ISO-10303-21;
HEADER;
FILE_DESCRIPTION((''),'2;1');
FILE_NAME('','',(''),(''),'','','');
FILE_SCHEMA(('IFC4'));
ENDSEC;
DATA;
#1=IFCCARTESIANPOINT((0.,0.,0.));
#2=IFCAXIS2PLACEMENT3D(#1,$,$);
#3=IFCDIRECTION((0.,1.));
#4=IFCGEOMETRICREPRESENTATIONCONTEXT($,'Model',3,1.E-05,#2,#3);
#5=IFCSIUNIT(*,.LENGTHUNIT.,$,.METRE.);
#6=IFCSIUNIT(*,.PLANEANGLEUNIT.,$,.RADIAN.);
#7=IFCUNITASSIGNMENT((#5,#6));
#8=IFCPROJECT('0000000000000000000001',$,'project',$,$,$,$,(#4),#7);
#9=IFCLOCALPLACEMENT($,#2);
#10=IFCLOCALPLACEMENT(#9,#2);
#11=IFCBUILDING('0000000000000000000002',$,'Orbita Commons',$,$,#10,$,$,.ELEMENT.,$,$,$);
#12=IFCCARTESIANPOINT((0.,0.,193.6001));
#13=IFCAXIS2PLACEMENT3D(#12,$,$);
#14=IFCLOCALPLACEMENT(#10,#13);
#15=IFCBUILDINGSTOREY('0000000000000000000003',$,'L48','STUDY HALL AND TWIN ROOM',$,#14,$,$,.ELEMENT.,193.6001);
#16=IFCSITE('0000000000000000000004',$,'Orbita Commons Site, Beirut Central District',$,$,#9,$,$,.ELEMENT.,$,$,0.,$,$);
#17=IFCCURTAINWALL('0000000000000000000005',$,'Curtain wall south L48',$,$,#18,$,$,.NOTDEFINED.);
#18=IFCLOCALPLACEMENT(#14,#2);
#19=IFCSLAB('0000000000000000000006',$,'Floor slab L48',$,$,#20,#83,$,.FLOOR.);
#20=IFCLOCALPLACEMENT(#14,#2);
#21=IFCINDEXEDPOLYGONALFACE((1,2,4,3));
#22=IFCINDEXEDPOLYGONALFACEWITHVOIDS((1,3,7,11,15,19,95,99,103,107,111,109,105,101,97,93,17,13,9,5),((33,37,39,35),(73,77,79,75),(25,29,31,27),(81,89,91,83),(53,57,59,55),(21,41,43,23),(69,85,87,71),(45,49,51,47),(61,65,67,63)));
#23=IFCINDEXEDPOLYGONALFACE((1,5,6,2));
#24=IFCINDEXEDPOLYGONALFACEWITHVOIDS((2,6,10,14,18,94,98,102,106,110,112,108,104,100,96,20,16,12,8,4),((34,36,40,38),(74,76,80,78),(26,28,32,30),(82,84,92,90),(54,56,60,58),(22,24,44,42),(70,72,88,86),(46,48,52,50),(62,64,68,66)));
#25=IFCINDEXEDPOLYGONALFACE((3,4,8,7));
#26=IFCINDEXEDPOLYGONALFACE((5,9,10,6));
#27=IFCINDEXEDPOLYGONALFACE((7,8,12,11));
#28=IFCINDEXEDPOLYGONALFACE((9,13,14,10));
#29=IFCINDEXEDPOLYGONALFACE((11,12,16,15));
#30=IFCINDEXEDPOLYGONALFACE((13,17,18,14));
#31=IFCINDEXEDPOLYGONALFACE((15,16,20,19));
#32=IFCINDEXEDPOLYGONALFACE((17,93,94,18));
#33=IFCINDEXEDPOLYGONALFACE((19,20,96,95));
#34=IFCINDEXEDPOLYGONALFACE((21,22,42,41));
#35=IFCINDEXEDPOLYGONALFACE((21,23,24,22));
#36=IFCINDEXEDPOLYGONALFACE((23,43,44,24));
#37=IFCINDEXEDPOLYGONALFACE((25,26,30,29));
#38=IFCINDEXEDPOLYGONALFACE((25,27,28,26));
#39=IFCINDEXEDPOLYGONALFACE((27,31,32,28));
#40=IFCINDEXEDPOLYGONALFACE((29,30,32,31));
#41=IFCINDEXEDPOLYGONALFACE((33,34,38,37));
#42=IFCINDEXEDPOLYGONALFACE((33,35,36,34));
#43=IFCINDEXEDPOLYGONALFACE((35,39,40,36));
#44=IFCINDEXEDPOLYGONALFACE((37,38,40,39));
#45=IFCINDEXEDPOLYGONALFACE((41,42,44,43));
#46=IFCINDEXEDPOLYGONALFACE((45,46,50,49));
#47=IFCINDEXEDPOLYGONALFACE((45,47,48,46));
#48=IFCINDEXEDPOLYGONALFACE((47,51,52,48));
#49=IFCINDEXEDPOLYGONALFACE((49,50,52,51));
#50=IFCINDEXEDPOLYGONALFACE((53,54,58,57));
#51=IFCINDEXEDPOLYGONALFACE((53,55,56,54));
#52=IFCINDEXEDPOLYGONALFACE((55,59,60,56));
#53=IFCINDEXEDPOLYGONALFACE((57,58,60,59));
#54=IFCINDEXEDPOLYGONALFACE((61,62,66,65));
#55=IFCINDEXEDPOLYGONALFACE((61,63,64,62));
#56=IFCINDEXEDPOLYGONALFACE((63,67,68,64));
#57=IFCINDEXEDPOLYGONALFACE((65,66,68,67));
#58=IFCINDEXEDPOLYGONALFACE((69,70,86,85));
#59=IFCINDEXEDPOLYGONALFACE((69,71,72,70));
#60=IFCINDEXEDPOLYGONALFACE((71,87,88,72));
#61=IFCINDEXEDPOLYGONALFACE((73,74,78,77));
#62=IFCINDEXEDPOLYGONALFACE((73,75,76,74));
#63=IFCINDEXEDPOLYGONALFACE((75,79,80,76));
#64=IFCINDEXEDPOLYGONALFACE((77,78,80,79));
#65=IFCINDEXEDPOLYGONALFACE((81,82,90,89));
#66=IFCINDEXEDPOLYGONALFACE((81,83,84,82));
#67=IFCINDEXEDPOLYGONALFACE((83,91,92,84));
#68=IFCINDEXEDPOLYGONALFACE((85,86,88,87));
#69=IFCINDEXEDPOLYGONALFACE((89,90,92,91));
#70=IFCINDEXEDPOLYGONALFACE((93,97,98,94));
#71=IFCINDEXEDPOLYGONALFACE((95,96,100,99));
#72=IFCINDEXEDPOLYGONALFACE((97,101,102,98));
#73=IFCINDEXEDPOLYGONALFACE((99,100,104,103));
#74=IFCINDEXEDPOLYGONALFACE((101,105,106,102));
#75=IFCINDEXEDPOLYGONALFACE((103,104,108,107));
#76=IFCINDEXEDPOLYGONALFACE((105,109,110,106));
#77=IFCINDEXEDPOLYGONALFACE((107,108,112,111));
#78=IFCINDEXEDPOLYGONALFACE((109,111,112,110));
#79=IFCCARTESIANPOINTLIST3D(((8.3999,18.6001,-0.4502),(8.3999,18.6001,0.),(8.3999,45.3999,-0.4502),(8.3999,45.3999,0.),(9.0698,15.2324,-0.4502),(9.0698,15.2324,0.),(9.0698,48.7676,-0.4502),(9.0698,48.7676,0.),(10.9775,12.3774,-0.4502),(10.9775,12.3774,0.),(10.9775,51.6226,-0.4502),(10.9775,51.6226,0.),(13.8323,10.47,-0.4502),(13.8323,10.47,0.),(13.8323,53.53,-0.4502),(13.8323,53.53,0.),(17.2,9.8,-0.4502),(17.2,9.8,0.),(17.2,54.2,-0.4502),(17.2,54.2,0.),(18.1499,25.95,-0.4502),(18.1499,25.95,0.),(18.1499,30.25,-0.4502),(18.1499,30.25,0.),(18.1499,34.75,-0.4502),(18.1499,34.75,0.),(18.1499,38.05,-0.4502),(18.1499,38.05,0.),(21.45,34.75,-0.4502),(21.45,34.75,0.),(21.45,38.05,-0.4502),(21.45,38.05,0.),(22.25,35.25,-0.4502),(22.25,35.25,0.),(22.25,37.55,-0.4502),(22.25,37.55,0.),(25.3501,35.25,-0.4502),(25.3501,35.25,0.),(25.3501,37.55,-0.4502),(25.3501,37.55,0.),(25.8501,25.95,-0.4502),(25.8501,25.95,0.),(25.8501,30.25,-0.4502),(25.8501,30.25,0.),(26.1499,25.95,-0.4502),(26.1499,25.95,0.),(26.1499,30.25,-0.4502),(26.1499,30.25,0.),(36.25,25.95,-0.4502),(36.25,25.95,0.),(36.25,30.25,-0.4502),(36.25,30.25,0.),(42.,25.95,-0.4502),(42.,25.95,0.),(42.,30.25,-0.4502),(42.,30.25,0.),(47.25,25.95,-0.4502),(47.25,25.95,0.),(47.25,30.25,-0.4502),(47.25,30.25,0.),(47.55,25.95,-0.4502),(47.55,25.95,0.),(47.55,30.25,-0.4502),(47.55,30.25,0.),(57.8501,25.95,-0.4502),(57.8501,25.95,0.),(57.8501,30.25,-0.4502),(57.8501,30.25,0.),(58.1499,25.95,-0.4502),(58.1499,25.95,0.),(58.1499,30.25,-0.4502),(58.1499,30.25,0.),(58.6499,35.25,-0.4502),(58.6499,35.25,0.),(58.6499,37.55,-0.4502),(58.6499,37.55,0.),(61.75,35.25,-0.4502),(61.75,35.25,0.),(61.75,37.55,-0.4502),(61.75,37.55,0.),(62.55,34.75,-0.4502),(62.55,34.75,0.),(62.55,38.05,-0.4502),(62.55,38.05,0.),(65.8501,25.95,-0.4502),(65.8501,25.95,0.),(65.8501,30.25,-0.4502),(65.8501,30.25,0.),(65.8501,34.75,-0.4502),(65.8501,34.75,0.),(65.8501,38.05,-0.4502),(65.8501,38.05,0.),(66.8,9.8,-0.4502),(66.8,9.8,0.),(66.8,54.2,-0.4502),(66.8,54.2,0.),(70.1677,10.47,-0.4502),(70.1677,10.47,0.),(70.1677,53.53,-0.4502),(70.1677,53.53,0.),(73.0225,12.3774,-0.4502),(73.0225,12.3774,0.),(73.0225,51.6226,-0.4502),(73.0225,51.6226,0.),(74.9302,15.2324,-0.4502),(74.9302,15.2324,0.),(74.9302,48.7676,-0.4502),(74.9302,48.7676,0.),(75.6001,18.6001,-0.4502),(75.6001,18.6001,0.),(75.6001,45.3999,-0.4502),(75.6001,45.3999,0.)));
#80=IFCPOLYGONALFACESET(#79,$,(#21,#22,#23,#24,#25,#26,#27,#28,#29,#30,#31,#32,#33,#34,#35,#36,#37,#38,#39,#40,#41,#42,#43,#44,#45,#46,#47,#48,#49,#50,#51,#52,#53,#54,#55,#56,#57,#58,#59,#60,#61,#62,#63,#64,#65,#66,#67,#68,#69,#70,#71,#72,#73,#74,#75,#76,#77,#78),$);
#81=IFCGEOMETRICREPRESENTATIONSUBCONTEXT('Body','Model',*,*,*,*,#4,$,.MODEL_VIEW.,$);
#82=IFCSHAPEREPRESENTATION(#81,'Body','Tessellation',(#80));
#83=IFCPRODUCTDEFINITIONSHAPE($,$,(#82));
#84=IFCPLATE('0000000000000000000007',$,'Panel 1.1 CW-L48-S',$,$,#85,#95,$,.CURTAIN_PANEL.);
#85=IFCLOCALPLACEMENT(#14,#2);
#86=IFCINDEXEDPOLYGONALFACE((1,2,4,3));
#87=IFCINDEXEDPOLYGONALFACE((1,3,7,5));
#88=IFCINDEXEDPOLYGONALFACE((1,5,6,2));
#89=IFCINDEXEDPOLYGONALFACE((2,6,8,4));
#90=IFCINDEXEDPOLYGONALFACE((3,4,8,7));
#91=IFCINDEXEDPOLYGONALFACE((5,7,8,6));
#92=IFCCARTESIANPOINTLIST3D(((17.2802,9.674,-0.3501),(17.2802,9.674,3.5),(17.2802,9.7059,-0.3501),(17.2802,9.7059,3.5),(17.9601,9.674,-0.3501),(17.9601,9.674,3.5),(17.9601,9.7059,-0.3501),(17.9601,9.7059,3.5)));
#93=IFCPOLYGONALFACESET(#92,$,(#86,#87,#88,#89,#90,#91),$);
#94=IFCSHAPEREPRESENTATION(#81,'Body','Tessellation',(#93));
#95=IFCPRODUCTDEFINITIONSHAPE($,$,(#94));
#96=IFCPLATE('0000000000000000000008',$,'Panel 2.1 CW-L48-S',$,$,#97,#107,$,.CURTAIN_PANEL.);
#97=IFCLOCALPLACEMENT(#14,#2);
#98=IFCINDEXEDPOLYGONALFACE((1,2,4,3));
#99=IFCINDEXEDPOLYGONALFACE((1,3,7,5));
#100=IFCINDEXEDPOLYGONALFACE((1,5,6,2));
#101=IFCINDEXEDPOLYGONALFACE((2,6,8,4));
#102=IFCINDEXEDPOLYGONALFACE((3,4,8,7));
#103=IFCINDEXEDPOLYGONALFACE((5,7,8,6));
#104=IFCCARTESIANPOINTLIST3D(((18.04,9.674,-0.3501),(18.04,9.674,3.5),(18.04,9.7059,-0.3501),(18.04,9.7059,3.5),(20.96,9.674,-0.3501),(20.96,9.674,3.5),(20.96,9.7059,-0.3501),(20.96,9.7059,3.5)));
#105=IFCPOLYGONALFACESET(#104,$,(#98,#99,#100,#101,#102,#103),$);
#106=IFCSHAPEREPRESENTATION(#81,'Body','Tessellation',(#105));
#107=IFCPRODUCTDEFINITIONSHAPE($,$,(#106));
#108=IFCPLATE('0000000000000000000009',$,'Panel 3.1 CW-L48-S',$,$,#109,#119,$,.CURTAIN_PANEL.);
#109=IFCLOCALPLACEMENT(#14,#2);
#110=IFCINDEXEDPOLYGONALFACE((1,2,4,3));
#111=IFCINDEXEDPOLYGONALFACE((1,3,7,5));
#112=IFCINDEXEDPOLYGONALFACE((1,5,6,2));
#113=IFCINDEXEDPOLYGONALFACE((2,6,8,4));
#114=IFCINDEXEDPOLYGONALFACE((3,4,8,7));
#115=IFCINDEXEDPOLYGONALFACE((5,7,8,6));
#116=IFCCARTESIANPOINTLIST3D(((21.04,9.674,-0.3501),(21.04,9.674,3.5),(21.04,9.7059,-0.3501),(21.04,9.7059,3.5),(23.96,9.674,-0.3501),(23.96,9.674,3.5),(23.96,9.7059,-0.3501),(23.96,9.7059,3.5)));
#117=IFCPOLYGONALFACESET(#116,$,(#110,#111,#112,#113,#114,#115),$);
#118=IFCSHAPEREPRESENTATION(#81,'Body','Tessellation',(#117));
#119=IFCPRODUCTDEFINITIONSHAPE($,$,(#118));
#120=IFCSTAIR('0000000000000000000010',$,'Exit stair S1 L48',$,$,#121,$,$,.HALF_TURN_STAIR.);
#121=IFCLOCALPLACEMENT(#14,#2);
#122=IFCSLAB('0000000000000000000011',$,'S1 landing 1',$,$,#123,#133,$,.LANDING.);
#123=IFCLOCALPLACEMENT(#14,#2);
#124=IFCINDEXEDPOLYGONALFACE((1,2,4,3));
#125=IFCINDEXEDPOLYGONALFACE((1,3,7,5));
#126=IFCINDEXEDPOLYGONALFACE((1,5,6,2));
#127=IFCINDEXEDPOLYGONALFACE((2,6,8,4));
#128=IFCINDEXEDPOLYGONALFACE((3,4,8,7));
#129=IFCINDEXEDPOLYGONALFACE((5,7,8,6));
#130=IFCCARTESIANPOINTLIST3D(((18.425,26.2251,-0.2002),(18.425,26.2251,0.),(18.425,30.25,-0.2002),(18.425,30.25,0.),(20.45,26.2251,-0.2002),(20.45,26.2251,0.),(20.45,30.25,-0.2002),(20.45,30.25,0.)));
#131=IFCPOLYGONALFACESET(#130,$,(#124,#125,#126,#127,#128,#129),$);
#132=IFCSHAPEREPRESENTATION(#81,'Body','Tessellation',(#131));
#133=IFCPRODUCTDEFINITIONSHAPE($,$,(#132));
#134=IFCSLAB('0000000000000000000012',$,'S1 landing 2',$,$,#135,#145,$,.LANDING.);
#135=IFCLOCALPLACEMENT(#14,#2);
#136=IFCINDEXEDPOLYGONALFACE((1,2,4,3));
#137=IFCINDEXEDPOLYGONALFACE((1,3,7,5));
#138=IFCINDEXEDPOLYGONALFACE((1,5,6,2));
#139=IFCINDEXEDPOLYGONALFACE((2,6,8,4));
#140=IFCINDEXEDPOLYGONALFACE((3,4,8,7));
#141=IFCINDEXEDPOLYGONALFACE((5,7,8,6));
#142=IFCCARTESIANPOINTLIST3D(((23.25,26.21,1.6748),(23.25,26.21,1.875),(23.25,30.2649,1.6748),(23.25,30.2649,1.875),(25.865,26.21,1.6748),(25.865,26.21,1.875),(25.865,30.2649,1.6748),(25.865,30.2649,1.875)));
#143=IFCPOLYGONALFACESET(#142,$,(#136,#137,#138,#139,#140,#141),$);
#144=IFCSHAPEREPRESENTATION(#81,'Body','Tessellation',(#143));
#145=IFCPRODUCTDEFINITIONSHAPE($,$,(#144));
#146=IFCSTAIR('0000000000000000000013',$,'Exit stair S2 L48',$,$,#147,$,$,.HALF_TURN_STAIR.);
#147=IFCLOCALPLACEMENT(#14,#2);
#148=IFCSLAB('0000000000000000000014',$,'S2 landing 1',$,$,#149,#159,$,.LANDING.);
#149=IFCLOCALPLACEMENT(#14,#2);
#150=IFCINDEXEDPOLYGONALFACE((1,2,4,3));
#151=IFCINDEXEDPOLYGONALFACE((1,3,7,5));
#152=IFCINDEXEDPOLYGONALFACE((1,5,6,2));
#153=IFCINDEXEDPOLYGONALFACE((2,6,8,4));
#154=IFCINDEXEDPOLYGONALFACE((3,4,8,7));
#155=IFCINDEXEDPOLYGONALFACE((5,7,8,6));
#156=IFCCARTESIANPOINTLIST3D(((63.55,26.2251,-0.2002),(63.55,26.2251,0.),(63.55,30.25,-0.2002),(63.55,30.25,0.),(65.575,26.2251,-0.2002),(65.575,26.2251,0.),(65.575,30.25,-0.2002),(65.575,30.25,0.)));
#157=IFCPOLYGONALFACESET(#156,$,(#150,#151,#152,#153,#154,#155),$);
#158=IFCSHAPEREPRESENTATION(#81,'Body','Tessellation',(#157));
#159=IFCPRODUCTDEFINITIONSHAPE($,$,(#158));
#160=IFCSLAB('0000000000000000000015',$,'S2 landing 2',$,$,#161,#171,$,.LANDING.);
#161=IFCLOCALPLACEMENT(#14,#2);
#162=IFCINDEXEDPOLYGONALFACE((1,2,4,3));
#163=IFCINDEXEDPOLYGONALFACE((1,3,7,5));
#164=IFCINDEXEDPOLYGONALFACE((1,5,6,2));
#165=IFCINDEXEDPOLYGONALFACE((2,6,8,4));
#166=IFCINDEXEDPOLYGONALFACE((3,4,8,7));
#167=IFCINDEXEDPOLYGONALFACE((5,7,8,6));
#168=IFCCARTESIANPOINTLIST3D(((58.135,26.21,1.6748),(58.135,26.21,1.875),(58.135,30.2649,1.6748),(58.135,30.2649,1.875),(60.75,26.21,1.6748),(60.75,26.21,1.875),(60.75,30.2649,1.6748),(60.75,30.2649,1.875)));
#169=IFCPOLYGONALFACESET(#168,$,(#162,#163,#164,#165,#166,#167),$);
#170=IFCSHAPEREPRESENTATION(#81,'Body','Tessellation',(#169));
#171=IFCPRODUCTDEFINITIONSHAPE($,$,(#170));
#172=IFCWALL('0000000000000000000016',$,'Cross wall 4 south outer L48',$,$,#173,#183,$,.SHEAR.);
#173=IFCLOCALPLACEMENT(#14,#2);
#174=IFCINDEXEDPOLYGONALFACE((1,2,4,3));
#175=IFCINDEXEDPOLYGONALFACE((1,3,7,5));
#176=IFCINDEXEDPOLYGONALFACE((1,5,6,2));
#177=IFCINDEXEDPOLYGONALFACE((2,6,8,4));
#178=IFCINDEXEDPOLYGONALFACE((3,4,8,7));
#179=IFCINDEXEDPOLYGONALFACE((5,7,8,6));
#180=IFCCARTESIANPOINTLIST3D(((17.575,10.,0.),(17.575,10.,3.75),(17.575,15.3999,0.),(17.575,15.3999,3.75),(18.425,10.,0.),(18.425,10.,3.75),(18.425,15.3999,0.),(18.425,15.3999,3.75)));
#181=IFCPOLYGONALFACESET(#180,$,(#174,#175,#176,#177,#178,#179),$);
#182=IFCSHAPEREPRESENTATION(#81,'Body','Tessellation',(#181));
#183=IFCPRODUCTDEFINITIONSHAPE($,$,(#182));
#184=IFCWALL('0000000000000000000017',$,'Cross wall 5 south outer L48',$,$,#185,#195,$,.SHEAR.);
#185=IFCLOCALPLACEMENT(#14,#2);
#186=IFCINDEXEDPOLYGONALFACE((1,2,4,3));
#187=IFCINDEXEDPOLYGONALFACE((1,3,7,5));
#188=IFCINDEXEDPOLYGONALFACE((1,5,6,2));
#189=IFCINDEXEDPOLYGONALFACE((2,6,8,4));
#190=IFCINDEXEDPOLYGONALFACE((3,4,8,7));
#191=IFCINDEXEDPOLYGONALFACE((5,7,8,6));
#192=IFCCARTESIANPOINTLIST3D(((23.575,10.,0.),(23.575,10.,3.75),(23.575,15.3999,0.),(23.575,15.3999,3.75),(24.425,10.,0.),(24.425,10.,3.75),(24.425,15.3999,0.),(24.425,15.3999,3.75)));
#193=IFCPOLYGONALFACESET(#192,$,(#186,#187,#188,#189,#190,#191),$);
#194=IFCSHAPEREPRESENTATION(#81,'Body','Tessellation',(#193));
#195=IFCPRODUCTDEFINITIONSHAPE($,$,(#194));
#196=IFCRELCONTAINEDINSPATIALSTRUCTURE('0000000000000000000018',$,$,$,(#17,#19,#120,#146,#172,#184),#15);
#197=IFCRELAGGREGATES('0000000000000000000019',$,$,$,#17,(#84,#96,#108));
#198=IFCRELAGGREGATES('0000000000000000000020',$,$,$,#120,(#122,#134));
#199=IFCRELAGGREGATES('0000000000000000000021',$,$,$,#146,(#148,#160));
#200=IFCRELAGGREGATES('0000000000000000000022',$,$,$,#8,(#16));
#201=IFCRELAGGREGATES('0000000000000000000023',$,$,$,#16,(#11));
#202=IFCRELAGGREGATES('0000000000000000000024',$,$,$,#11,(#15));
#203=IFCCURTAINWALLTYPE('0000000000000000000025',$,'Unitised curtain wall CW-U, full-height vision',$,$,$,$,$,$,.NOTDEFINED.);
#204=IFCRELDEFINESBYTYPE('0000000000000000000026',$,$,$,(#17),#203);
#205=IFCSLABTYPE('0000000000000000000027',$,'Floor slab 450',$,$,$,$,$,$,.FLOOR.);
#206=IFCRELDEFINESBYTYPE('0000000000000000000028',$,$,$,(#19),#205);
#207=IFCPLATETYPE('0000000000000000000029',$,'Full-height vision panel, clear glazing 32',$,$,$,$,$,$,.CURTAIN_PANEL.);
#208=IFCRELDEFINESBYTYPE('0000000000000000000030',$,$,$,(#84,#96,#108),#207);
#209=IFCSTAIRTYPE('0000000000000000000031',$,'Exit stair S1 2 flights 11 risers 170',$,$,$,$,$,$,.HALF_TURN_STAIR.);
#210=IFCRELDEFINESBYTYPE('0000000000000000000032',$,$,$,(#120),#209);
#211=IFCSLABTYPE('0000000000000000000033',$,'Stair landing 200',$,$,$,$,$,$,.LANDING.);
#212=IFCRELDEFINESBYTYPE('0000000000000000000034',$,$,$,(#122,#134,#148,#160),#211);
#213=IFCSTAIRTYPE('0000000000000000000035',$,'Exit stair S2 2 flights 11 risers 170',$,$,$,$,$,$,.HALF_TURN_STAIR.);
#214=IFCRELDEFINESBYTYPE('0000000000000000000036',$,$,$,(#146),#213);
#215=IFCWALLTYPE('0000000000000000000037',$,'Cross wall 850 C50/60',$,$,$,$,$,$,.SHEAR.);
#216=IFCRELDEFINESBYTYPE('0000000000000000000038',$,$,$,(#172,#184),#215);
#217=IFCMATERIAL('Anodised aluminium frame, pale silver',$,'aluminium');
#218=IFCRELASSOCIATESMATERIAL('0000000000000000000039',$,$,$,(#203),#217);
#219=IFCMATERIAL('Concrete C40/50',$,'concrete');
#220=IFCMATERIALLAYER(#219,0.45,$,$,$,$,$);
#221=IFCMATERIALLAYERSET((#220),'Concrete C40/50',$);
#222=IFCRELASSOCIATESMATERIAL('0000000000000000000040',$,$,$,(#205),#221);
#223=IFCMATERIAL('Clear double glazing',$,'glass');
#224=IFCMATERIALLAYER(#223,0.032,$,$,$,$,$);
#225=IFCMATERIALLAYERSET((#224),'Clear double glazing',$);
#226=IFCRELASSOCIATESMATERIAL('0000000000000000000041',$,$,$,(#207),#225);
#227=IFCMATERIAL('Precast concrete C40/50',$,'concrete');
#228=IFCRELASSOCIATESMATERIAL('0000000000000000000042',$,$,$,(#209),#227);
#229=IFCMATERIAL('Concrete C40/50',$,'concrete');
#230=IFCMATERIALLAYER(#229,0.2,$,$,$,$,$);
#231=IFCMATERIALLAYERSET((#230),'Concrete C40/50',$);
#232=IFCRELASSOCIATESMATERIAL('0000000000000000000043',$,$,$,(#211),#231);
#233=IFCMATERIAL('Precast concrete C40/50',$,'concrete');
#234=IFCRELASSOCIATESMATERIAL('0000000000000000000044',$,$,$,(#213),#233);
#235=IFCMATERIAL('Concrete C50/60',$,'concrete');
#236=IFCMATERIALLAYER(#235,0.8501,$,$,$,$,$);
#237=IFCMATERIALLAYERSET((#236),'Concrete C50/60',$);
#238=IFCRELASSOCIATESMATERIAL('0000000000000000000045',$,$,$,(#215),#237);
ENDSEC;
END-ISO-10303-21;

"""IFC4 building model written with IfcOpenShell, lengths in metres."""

from ifc_helpers import new_model, si_unit, direction, frame, frame_2d, origin, origin_2d, place, context, subcontext, project, spatial, polyline, rectangle, outline, extrude, material, layer, layer_set, type_object, element, aggregate, save


model = new_model("IFC4")

# Units and contexts
model_context = context("Model", 3, precision=1e-05, world=origin(), true_north=direction((0.0, 1.0)))
body_context = subcontext(model_context, "Body", "Model", "MODEL_VIEW")
ifc_project = project(units=[si_unit("LENGTHUNIT", "METRE"), si_unit("PLANEANGLEUNIT", "RADIAN")], contexts=[model_context])

# Site, building, storey
site_placement = place(None, origin())
site = spatial("IfcSite", under=ifc_project, at=site_placement, Name="Orbita Commons Site, Beirut Central District", CompositionType="ELEMENT", RefElevation=0.0)
building_placement = place(site_placement, origin())
building = spatial("IfcBuilding", under=site, at=building_placement, Name="Orbita Commons", CompositionType="ELEMENT")
storey_placement = place(building_placement, frame((0.0, 0.0, 193.6001)))
storey = spatial("IfcBuildingStorey", under=building, at=storey_placement, Name="L48", Description="STUDY HALL AND TWIN ROOM", CompositionType="ELEMENT", Elevation=193.6001)

# Curtain wall
ifc_material_1 = material(Name="Anodised aluminium frame, pale silver", Category="aluminium")
curtain_wall_type = type_object("IfcCurtainWallType", Name="Unitised curtain wall CW-U, full-height vision", PredefinedType="NOTDEFINED", material=ifc_material_1)
curtain_wall_placement = place(storey_placement, origin())
curtain_wall = element("IfcCurtainWall", 1, at=curtain_wall_placement, inside=storey, type_object=curtain_wall_type, Name="Curtain wall south L48", PredefinedType="NOTDEFINED")

# Slab
ifc_material_2 = material(Name="Concrete C40/50", Category="concrete")
ifc_layer_1 = layer(ifc_material_2, 0.45)
ifc_layer_set_1 = layer_set([ifc_layer_1], Name="Concrete C40/50")
slab_type_1 = type_object("IfcSlabType", Name="Floor slab 450", PredefinedType="FLOOR", material=ifc_layer_set_1)
slab_1_placement = place(storey_placement, frame((0.0, 0.0, -0.4502)))
element("IfcSlab", 2, at=slab_1_placement, inside=storey, type_object=slab_type_1, Name="Floor slab L48", PredefinedType="FLOOR", context=body_context, shape_type="SweptSolid", body=[
    extrude(outline(polyline([(66.8, 9.8), (70.1677, 10.47), (73.0225, 12.3774), (74.9302, 15.2324), (75.6001, 18.6001), (75.6001, 45.3999), (74.9302, 48.7676), (73.0225, 51.6226), (70.1677, 53.53), (66.8, 54.2), (17.2, 54.2), (13.8323, 53.53), (10.9775, 51.6226), (9.0698, 48.7676), (8.3999, 45.3999), (8.3999, 18.6001), (9.0698, 15.2324), (10.9775, 12.3774), (13.8323, 10.47), (17.2, 9.8), (66.8, 9.8)]), holes=[polyline([(18.1499, 25.95), (25.8501, 25.95), (25.8501, 30.25), (18.1499, 30.25), (18.1499, 25.95)]), polyline([(58.1499, 25.95), (65.8501, 25.95), (65.8501, 30.25), (58.1499, 30.25), (58.1499, 25.95)]), polyline([(18.1499, 34.75), (21.45, 34.75), (21.45, 38.05), (18.1499, 38.05), (18.1499, 34.75)]), polyline([(62.55, 34.75), (65.8501, 34.75), (65.8501, 38.05), (62.55, 38.05), (62.55, 34.75)]), polyline([(22.25, 35.25), (25.3501, 35.25), (25.3501, 37.55), (22.25, 37.55), (22.25, 35.25)]), polyline([(58.6499, 35.25), (61.75, 35.25), (61.75, 37.55), (58.6499, 37.55), (58.6499, 35.25)]), polyline([(26.1499, 25.95), (36.25, 25.95), (36.25, 30.25), (26.1499, 30.25), (26.1499, 25.95)]), polyline([(42.0, 25.95), (47.25, 25.95), (47.25, 30.25), (42.0, 30.25), (42.0, 25.95)]), polyline([(47.55, 25.95), (57.8501, 25.95), (57.8501, 30.25), (47.55, 30.25), (47.55, 25.95)])]), origin(), (0.0, 0.0, 1.0), 0.4502),
])

# Plates
ifc_material_3 = material(Name="Clear double glazing", Category="glass")
ifc_layer_2 = layer(ifc_material_3, 0.032)
ifc_layer_set_2 = layer_set([ifc_layer_2], Name="Clear double glazing")
plate_type = type_object("IfcPlateType", Name="Full-height vision panel, clear glazing 32", PredefinedType="CURTAIN_PANEL", material=ifc_layer_set_2)
plate_1_placement = place(storey_placement, frame((17.6201, 9.6899, -0.3501), z_axis=(0.0, 0.0, 1.0), x_axis=(1.0, 0.0, 0.0)))
plate_1 = element("IfcPlate", 3, at=plate_1_placement, type_object=plate_type, Name="Panel 1.1 CW-L48-S", PredefinedType="CURTAIN_PANEL", context=body_context, shape_type="SweptSolid", body=[
    extrude(rectangle(XDim=0.6799, YDim=0.032, at=origin_2d()), origin(), (0.0, 0.0, 1.0), 3.8501),
])
plate_2_placement = place(storey_placement, frame((19.5, 9.6899, -0.3501), z_axis=(0.0, 0.0, 1.0), x_axis=(1.0, 0.0, 0.0)))
plate_2 = element("IfcPlate", 4, at=plate_2_placement, type_object=plate_type, Name="Panel 2.1 CW-L48-S", PredefinedType="CURTAIN_PANEL", context=body_context, shape_type="SweptSolid", body=[
    extrude(rectangle(XDim=2.9199, YDim=0.032, at=origin_2d()), origin(), (0.0, 0.0, 1.0), 3.8501),
])
plate_3_placement = place(storey_placement, frame((22.5, 9.6899, -0.3501), z_axis=(0.0, 0.0, 1.0), x_axis=(1.0, 0.0, 0.0)))
plate_3 = element("IfcPlate", 5, at=plate_3_placement, type_object=plate_type, Name="Panel 3.1 CW-L48-S", PredefinedType="CURTAIN_PANEL", context=body_context, shape_type="SweptSolid", body=[
    extrude(rectangle(XDim=2.9199, YDim=0.032, at=origin_2d()), origin(), (0.0, 0.0, 1.0), 3.8501),
])
aggregate(curtain_wall, [plate_1, plate_2, plate_3])

# Stairs, slabs
ifc_material_4 = material(Name="Precast concrete C40/50", Category="concrete")
stair_type_1 = type_object("IfcStairType", Name="Exit stair S1 2 flights 11 risers 170", PredefinedType="HALF_TURN_STAIR", material=ifc_material_4)
stair_1_placement = place(storey_placement, origin())
stair_1 = element("IfcStair", 6, at=stair_1_placement, inside=storey, type_object=stair_type_1, Name="Exit stair S1 L48", PredefinedType="HALF_TURN_STAIR")
ifc_material_5 = material(Name="Concrete C40/50", Category="concrete")
ifc_layer_3 = layer(ifc_material_5, 0.2)
ifc_layer_set_3 = layer_set([ifc_layer_3], Name="Concrete C40/50")
slab_type_2 = type_object("IfcSlabType", Name="Stair landing 200", PredefinedType="LANDING", material=ifc_layer_set_3)
slab_2_placement = place(storey_placement, frame((0.0, 0.0, -0.2002)))
slab_2 = element("IfcSlab", 7, at=slab_2_placement, type_object=slab_type_2, Name="S1 landing 1", PredefinedType="LANDING", context=body_context, shape_type="SweptSolid", body=[
    extrude(outline(polyline([(18.425, 26.2251), (20.45, 26.2251), (20.45, 30.25), (18.425, 30.25), (18.425, 26.2251)])), origin(), (0.0, 0.0, 1.0), 0.2002),
])
slab_3_placement = place(storey_placement, frame((0.0, 0.0, 1.6748)))
slab_3 = element("IfcSlab", 8, at=slab_3_placement, type_object=slab_type_2, Name="S1 landing 2", PredefinedType="LANDING", context=body_context, shape_type="SweptSolid", body=[
    extrude(outline(polyline([(23.25, 26.21), (25.865, 26.21), (25.865, 30.2649), (23.25, 30.2649), (23.25, 26.21)])), origin(), (0.0, 0.0, 1.0), 0.2002),
])
aggregate(stair_1, [slab_2, slab_3])
ifc_material_6 = material(Name="Precast concrete C40/50", Category="concrete")
stair_type_2 = type_object("IfcStairType", Name="Exit stair S2 2 flights 11 risers 170", PredefinedType="HALF_TURN_STAIR", material=ifc_material_6)
stair_2_placement = place(storey_placement, origin())
stair_2 = element("IfcStair", 9, at=stair_2_placement, inside=storey, type_object=stair_type_2, Name="Exit stair S2 L48", PredefinedType="HALF_TURN_STAIR")
slab_4_placement = place(storey_placement, frame((0.0, 0.0, -0.2002)))
slab_4 = element("IfcSlab", 10, at=slab_4_placement, type_object=slab_type_2, Name="S2 landing 1", PredefinedType="LANDING", context=body_context, shape_type="SweptSolid", body=[
    extrude(outline(polyline([(63.55, 26.2251), (65.575, 26.2251), (65.575, 30.25), (63.55, 30.25), (63.55, 26.2251)])), origin(), (0.0, 0.0, 1.0), 0.2002),
])
slab_5_placement = place(storey_placement, frame((0.0, 0.0, 1.6748)))
slab_5 = element("IfcSlab", 11, at=slab_5_placement, type_object=slab_type_2, Name="S2 landing 2", PredefinedType="LANDING", context=body_context, shape_type="SweptSolid", body=[
    extrude(outline(polyline([(58.135, 26.21), (60.75, 26.21), (60.75, 30.2649), (58.135, 30.2649), (58.135, 26.21)])), origin(), (0.0, 0.0, 1.0), 0.2002),
])
aggregate(stair_2, [slab_4, slab_5])

# Walls
ifc_material_7 = material(Name="Concrete C50/60", Category="concrete")
ifc_layer_4 = layer(ifc_material_7, 0.8501)
ifc_layer_set_4 = layer_set([ifc_layer_4], Name="Concrete C50/60")
wall_type_1 = type_object("IfcWallType", Name="Cross wall 850 C50/60", PredefinedType="SHEAR", material=ifc_layer_set_4)
for number, where, z_axis, x_axis, name in (
    (12, (18.0, 10.0, 0.0), (0.0, 0.0, 1.0), (0.0, 1.0, 0.0), "Cross wall 4 south outer L48"),
    (13, (24.0, 10.0, 0.0), (0.0, 0.0, 1.0), (0.0, 1.0, 0.0), "Cross wall 5 south outer L48"),
):
    element("IfcWall", number, at=place(storey_placement, frame(where, z_axis=z_axis, x_axis=x_axis)), inside=storey, type_object=wall_type_1, Name=name, PredefinedType="SHEAR", context=body_context, shape_type="SweptSolid", body=[
        extrude(rectangle(XDim=5.3999, YDim=0.8501, at=frame_2d((2.7, 0.0))), origin(), (0.0, 0.0, 1.0), 3.75),
    ])

save(model, "model.ifc")
